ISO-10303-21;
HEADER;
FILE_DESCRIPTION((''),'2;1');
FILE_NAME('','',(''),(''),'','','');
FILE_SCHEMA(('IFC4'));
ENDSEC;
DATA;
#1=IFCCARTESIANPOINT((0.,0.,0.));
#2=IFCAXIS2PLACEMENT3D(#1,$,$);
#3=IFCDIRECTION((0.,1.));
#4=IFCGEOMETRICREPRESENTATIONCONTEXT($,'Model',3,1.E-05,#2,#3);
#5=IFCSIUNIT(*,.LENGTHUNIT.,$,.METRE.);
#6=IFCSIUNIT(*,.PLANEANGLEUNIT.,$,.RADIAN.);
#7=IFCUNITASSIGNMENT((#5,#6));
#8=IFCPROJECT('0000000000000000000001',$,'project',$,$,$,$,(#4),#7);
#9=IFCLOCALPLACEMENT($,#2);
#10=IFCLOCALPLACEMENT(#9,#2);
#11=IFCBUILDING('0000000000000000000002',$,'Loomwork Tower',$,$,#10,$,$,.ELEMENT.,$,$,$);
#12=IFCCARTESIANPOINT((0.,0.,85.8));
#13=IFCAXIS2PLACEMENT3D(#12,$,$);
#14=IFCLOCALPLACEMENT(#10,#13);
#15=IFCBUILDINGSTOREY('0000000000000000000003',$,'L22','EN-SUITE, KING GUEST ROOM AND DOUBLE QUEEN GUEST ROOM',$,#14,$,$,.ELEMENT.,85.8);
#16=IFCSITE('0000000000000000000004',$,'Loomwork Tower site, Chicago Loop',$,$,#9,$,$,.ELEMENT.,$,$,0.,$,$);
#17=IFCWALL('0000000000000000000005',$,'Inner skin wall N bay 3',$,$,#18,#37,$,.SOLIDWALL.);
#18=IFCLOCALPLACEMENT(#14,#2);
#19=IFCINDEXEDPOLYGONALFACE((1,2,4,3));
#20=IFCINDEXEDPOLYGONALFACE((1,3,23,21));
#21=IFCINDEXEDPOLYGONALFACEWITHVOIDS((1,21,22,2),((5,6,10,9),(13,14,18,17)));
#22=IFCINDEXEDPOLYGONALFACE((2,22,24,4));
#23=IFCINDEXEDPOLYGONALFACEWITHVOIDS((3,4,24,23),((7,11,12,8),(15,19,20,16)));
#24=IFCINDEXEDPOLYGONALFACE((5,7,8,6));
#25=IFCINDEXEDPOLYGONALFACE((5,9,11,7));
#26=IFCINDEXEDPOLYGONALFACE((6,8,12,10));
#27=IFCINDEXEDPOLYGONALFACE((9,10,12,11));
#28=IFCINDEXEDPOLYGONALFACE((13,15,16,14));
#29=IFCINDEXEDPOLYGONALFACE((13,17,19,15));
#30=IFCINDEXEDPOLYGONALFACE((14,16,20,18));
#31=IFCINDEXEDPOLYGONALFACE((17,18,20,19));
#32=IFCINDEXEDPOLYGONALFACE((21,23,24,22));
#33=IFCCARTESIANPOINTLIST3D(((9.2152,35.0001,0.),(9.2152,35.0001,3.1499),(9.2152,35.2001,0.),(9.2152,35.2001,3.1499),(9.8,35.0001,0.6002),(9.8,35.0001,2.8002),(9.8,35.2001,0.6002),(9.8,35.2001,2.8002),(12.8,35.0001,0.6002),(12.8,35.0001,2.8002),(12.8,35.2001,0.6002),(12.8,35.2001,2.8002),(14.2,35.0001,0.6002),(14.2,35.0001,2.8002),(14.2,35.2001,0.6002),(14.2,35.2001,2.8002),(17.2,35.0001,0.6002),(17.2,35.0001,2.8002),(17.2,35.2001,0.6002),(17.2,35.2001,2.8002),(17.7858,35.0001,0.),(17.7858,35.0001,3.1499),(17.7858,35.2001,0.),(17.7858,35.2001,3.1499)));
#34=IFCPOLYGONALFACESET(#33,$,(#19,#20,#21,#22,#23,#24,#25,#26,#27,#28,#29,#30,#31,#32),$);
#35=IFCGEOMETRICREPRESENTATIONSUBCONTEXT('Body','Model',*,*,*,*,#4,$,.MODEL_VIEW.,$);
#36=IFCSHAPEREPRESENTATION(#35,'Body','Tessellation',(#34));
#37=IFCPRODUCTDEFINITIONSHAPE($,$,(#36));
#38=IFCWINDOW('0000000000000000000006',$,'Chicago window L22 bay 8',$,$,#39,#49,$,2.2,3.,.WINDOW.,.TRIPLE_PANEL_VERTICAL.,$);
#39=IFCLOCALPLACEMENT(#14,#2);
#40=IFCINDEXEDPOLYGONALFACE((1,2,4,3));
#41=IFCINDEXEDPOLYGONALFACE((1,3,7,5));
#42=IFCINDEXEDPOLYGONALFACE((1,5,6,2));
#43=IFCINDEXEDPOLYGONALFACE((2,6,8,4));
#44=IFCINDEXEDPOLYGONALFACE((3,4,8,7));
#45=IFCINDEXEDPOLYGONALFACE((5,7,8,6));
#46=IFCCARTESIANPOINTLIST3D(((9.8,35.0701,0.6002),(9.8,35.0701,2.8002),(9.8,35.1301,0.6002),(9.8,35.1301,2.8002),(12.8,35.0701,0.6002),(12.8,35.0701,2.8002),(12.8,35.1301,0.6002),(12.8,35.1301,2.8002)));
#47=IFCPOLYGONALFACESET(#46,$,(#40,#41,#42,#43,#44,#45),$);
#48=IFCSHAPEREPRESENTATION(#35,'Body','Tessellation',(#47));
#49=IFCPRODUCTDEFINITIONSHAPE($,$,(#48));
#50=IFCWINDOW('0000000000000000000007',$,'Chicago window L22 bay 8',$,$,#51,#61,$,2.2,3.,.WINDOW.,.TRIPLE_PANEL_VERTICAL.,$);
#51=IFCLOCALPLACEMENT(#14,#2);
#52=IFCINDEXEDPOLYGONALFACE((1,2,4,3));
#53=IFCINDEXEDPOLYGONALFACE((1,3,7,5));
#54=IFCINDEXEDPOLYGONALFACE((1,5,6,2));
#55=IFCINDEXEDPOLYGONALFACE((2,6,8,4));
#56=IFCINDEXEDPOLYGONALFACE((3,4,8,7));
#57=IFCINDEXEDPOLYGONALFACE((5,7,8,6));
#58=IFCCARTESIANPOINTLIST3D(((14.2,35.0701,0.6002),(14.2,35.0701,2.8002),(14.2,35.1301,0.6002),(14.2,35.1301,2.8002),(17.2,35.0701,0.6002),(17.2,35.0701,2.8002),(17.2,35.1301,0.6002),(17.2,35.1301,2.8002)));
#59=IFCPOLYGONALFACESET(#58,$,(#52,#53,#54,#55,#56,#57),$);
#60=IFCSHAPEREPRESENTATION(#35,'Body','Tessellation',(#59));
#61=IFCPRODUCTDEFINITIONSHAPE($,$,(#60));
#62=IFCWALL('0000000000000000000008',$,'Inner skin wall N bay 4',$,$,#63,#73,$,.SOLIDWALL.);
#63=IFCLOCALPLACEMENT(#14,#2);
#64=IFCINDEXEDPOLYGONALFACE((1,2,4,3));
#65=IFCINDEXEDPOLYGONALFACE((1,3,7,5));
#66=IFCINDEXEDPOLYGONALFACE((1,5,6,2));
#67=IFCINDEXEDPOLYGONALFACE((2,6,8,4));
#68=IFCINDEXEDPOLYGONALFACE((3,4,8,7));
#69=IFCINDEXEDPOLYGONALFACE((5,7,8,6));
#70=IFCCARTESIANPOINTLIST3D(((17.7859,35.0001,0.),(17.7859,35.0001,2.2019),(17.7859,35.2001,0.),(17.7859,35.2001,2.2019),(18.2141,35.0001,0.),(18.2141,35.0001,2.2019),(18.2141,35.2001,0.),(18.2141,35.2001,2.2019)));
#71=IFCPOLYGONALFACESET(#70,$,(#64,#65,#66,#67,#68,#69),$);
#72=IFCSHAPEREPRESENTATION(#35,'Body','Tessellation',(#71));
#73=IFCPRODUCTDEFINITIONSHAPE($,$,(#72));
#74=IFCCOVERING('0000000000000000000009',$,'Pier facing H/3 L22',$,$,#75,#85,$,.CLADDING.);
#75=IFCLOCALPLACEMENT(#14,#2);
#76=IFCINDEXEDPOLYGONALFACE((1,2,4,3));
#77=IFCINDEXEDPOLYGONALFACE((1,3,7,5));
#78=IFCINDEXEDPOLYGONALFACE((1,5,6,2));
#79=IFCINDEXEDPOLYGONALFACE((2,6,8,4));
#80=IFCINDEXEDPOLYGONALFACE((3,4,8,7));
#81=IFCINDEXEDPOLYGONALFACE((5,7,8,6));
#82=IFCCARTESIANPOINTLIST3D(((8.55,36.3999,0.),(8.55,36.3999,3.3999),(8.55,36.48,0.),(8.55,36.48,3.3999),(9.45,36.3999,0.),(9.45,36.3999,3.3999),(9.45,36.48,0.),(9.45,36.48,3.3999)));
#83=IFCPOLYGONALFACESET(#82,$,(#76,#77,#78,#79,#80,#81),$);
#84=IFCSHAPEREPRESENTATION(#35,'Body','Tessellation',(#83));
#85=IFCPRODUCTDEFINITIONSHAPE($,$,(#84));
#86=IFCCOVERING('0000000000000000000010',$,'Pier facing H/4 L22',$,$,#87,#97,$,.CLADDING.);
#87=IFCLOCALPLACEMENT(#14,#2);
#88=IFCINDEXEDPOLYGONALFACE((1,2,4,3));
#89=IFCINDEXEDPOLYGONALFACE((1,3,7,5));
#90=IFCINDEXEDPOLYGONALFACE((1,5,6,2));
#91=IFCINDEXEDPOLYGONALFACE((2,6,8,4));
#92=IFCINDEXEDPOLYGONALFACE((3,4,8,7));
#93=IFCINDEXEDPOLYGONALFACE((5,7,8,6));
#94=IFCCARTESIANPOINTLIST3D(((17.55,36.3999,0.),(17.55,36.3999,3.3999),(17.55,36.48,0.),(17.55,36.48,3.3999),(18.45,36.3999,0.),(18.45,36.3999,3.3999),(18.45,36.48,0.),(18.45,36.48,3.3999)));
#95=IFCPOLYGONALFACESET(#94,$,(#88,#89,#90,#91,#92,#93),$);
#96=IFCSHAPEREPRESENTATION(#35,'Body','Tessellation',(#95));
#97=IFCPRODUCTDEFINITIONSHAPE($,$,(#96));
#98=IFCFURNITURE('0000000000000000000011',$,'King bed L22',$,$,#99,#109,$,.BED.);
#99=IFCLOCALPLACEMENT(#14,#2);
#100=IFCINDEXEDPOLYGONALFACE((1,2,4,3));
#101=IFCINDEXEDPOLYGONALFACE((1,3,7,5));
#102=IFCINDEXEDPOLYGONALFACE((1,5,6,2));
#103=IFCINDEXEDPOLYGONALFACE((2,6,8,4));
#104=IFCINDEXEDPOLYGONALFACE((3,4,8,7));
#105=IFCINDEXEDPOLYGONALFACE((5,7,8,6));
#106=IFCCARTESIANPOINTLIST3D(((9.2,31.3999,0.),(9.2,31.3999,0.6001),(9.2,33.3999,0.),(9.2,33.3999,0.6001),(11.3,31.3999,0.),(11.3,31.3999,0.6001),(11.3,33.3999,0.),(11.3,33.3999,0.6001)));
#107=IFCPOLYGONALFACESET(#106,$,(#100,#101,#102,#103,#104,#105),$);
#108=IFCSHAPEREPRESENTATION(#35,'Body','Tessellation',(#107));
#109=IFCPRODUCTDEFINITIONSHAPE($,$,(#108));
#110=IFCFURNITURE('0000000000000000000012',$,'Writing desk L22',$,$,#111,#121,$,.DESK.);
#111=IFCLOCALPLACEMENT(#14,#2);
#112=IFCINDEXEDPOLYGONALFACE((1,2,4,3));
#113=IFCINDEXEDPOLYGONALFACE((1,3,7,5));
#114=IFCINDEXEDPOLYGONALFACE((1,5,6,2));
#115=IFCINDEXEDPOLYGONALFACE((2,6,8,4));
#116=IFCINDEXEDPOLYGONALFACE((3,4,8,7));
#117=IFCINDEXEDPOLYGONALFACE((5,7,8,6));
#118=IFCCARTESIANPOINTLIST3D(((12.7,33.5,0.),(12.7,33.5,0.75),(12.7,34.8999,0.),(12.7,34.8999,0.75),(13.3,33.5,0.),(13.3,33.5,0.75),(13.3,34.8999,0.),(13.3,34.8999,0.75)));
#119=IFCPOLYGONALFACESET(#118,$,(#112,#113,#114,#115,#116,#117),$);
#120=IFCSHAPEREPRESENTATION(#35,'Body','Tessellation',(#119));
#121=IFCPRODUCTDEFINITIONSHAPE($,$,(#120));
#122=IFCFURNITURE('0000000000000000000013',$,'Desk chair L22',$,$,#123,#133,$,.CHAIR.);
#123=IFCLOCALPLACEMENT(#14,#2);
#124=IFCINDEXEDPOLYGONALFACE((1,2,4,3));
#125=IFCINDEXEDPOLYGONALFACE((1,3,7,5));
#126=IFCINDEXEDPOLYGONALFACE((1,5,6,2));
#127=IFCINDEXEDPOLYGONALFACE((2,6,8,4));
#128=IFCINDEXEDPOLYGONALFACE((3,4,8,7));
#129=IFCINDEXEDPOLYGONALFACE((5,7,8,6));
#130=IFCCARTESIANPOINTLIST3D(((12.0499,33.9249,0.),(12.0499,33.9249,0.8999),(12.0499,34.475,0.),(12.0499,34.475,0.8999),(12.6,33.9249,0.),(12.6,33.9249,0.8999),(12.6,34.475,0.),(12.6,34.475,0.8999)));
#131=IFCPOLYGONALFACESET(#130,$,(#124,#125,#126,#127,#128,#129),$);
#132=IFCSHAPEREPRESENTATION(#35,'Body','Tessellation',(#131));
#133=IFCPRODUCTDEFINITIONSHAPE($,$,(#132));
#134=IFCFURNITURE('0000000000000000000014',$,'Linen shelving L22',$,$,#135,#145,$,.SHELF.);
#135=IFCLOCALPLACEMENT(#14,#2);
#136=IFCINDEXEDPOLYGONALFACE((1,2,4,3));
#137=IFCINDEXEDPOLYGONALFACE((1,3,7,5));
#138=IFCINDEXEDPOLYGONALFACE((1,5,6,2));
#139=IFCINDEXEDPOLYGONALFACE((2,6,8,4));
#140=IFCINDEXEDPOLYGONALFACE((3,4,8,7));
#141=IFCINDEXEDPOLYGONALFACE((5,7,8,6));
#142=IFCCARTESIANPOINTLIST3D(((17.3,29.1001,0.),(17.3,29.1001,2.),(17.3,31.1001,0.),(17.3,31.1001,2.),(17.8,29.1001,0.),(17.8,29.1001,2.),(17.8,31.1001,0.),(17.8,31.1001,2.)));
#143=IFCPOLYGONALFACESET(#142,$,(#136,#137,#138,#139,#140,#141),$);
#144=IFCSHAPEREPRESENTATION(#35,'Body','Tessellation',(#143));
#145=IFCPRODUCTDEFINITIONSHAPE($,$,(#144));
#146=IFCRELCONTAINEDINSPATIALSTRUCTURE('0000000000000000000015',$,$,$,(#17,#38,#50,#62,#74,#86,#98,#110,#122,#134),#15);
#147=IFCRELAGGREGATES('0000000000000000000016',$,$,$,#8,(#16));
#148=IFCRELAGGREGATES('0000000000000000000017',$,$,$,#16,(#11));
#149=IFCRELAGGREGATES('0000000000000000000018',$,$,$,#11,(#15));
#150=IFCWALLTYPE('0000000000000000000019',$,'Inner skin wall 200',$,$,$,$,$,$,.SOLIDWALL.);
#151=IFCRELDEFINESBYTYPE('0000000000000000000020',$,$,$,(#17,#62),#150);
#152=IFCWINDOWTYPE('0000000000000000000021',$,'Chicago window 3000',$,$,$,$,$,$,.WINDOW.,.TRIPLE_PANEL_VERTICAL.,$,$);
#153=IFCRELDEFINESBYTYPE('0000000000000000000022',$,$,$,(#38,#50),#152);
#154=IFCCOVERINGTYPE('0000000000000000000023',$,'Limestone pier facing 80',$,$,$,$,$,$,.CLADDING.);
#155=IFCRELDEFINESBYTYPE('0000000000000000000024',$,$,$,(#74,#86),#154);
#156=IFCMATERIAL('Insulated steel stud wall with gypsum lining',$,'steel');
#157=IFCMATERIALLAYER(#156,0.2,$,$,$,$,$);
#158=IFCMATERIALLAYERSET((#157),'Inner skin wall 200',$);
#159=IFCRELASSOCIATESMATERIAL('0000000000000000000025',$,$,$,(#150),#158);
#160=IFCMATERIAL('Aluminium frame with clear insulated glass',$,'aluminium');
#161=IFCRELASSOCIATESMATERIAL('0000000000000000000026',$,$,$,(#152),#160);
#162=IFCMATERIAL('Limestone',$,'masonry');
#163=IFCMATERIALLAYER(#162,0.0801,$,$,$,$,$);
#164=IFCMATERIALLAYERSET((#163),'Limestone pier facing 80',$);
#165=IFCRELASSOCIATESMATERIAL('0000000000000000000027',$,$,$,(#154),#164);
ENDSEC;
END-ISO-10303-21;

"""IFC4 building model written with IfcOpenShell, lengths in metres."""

from ifc_helpers import new_model, si_unit, direction, frame, frame_2d, origin, origin_2d, place, context, subcontext, project, spatial, rectangle, extrude, material, layer, layer_set, type_object, element, fill, save


model = new_model("IFC4")

# Units and contexts
model_context = context("Model", 3, precision=1e-05, world=origin(), true_north=direction((0.0, 1.0)))
body_context = subcontext(model_context, "Body", "Model", "MODEL_VIEW")
ifc_project = project(units=[si_unit("LENGTHUNIT", "METRE"), si_unit("PLANEANGLEUNIT", "RADIAN")], contexts=[model_context])

# Site, building, storey
site_placement = place(None, origin())
site = spatial("IfcSite", under=ifc_project, at=site_placement, Name="Loomwork Tower site, Chicago Loop", CompositionType="ELEMENT", RefElevation=0.0)
building_placement = place(site_placement, origin())
building = spatial("IfcBuilding", under=site, at=building_placement, Name="Loomwork Tower", CompositionType="ELEMENT")
storey_placement = place(building_placement, frame((0.0, 0.0, 85.8)))
storey = spatial("IfcBuildingStorey", under=building, at=storey_placement, Name="L22", Description="EN-SUITE, KING GUEST ROOM AND DOUBLE QUEEN GUEST ROOM", CompositionType="ELEMENT", Elevation=85.8)

# Wall, openings, windows
ifc_material_1 = material(Name="Insulated steel stud wall with gypsum lining", Category="steel")
ifc_layer_1 = layer(ifc_material_1, 0.2)
ifc_layer_set_1 = layer_set([ifc_layer_1], Name="Inner skin wall 200")
wall_type = type_object("IfcWallType", Name="Inner skin wall 200", PredefinedType="SOLIDWALL", material=ifc_layer_set_1)
wall_1_placement = place(storey_placement, frame((9.2153, 35.1001, 0.0), z_axis=(0.0, 0.0, 1.0), x_axis=(1.0, 0.0, 0.0)))
wall_1 = element("IfcWall", 1, at=wall_1_placement, inside=storey, type_object=wall_type, Name="Inner skin wall N bay 3", PredefinedType="SOLIDWALL", context=body_context, shape_type="SweptSolid", body=[
    extrude(rectangle(XDim=8.5706, YDim=0.2, at=frame_2d((4.2852, 0.0))), origin(), (0.0, 0.0, 1.0), 3.1499),
])
opening_1_placement = place(wall_1_placement, frame((0.5847, 0.0, 0.6001)))
opening_1 = element("IfcOpeningElement", 2, at=opening_1_placement, cuts=wall_1, PredefinedType="OPENING", context=body_context, shape_type="SweptSolid", body=[
    extrude(rectangle(XDim=3.0, YDim=2.2, at=frame_2d((1.5, 1.1001))), frame((0.0, 0.1099, 0.0), z_axis=(0.0, -1.0, 0.0), x_axis=(1.0, 0.0, 0.0)), (0.0, 0.0, 1.0), 0.22),
])
opening_2_placement = place(wall_1_placement, frame((4.9846, 0.0, 0.6001)))
opening_2 = element("IfcOpeningElement", 3, at=opening_2_placement, cuts=wall_1, PredefinedType="OPENING", context=body_context, shape_type="SweptSolid", body=[
    extrude(rectangle(XDim=3.0, YDim=2.2, at=frame_2d((1.5, 1.1001))), frame((0.0, 0.1099, 0.0), z_axis=(0.0, -1.0, 0.0), x_axis=(1.0, 0.0, 0.0)), (0.0, 0.0, 1.0), 0.22),
])
ifc_material_2 = material(Name="Aluminium frame with clear insulated glass", Category="aluminium")
window_type = type_object("IfcWindowType", Name="Chicago window 3000", PartitioningType="TRIPLE_PANEL_VERTICAL", PredefinedType="WINDOW", material=ifc_material_2)
window_1_placement = place(opening_1_placement, origin())
window_1 = element("IfcWindow", 4, at=window_1_placement, inside=storey, type_object=window_type, Name="Chicago window L22 bay 8", OverallHeight=2.2, OverallWidth=3.0, PartitioningType="TRIPLE_PANEL_VERTICAL", PredefinedType="WINDOW", context=body_context, shape_type="SweptSolid", body=[
    extrude(rectangle(XDim=3.0, YDim=2.2, at=frame_2d((1.5, 1.1001))), frame((0.0, 0.03, 0.0), z_axis=(0.0, -1.0, 0.0), x_axis=(1.0, 0.0, 0.0)), (0.0, 0.0, 1.0), 0.0601),
])
fill(opening_1, window_1)
window_2_placement = place(opening_2_placement, origin())
window_2 = element("IfcWindow", 5, at=window_2_placement, inside=storey, type_object=window_type, Name="Chicago window L22 bay 8", OverallHeight=2.2, OverallWidth=3.0, PartitioningType="TRIPLE_PANEL_VERTICAL", PredefinedType="WINDOW", context=body_context, shape_type="SweptSolid", body=[
    extrude(rectangle(XDim=3.0, YDim=2.2, at=frame_2d((1.5, 1.1001))), frame((0.0, 0.03, 0.0), z_axis=(0.0, -1.0, 0.0), x_axis=(1.0, 0.0, 0.0)), (0.0, 0.0, 1.0), 0.0601),
])
fill(opening_2, window_2)

# Wall
wall_2_placement = place(storey_placement, frame((17.7859, 35.1001, 0.0), z_axis=(0.0, 0.0, 1.0), x_axis=(1.0, 0.0, 0.0)))
element("IfcWall", 6, at=wall_2_placement, inside=storey, type_object=wall_type, Name="Inner skin wall N bay 4", PredefinedType="SOLIDWALL", context=body_context, shape_type="SweptSolid", body=[
    extrude(rectangle(XDim=0.4282, YDim=0.2, at=frame_2d((0.2141, 0.0))), origin(), (0.0, 0.0, 1.0), 2.2019),
])

# Coverings
ifc_material_3 = material(Name="Limestone", Category="masonry")
ifc_layer_2 = layer(ifc_material_3, 0.0801)
ifc_layer_set_2 = layer_set([ifc_layer_2], Name="Limestone pier facing 80")
covering_type = type_object("IfcCoveringType", Name="Limestone pier facing 80", PredefinedType="CLADDING", material=ifc_layer_set_2)
for number, where, z_axis, x_axis, name in (
    (7, (9.0, 36.4399, 0.0), (0.0, 0.0, 1.0), (1.0, 0.0, 0.0), "Pier facing H/3 L22"),
    (8, (18.0, 36.4399, 0.0), (0.0, 0.0, 1.0), (1.0, 0.0, 0.0), "Pier facing H/4 L22"),
):
    element("IfcCovering", number, at=place(storey_placement, frame(where, z_axis=z_axis, x_axis=x_axis)), inside=storey, type_object=covering_type, Name=name, PredefinedType="CLADDING", context=body_context, shape_type="SweptSolid", body=[
        extrude(rectangle(XDim=0.8999, YDim=0.0801, at=origin_2d()), origin(), (0.0, 0.0, 1.0), 3.3999),
    ])

# Furniture
furniture_1_placement = place(storey_placement, frame((10.25, 32.3999, 0.0), z_axis=(0.0, 0.0, 1.0), x_axis=(1.0, 0.0, 0.0)))
element("IfcFurniture", 9, at=furniture_1_placement, inside=storey, Name="King bed L22", PredefinedType="BED", context=body_context, shape_type="SweptSolid", body=[
    extrude(rectangle(XDim=2.1001, YDim=2.0, at=origin_2d()), origin(), (0.0, 0.0, 1.0), 0.6001),
])
furniture_2_placement = place(storey_placement, frame((13.0, 34.2, 0.0), z_axis=(0.0, 0.0, 1.0), x_axis=(1.0, 0.0, 0.0)))
element("IfcFurniture", 10, at=furniture_2_placement, inside=storey, Name="Writing desk L22", PredefinedType="DESK", context=body_context, shape_type="SweptSolid", body=[
    extrude(rectangle(XDim=0.6001, YDim=1.3999, at=origin_2d()), origin(), (0.0, 0.0, 1.0), 0.75),
])
furniture_3_placement = place(storey_placement, frame((12.325, 34.2, 0.0), z_axis=(0.0, 0.0, 1.0), x_axis=(1.0, 0.0, 0.0)))
element("IfcFurniture", 11, at=furniture_3_placement, inside=storey, Name="Desk chair L22", PredefinedType="CHAIR", context=body_context, shape_type="SweptSolid", body=[
    extrude(rectangle(XDim=0.55, YDim=0.55, at=origin_2d()), origin(), (0.0, 0.0, 1.0), 0.8999),
])
furniture_4_placement = place(storey_placement, frame((17.55, 30.1001, 0.0), z_axis=(0.0, 0.0, 1.0), x_axis=(1.0, 0.0, 0.0)))
element("IfcFurniture", 12, at=furniture_4_placement, inside=storey, Name="Linen shelving L22", PredefinedType="SHELF", context=body_context, shape_type="SweptSolid", body=[
    extrude(rectangle(XDim=0.5, YDim=2.0, at=origin_2d()), origin(), (0.0, 0.0, 1.0), 2.0),
])

save(model, "model.ifc")
